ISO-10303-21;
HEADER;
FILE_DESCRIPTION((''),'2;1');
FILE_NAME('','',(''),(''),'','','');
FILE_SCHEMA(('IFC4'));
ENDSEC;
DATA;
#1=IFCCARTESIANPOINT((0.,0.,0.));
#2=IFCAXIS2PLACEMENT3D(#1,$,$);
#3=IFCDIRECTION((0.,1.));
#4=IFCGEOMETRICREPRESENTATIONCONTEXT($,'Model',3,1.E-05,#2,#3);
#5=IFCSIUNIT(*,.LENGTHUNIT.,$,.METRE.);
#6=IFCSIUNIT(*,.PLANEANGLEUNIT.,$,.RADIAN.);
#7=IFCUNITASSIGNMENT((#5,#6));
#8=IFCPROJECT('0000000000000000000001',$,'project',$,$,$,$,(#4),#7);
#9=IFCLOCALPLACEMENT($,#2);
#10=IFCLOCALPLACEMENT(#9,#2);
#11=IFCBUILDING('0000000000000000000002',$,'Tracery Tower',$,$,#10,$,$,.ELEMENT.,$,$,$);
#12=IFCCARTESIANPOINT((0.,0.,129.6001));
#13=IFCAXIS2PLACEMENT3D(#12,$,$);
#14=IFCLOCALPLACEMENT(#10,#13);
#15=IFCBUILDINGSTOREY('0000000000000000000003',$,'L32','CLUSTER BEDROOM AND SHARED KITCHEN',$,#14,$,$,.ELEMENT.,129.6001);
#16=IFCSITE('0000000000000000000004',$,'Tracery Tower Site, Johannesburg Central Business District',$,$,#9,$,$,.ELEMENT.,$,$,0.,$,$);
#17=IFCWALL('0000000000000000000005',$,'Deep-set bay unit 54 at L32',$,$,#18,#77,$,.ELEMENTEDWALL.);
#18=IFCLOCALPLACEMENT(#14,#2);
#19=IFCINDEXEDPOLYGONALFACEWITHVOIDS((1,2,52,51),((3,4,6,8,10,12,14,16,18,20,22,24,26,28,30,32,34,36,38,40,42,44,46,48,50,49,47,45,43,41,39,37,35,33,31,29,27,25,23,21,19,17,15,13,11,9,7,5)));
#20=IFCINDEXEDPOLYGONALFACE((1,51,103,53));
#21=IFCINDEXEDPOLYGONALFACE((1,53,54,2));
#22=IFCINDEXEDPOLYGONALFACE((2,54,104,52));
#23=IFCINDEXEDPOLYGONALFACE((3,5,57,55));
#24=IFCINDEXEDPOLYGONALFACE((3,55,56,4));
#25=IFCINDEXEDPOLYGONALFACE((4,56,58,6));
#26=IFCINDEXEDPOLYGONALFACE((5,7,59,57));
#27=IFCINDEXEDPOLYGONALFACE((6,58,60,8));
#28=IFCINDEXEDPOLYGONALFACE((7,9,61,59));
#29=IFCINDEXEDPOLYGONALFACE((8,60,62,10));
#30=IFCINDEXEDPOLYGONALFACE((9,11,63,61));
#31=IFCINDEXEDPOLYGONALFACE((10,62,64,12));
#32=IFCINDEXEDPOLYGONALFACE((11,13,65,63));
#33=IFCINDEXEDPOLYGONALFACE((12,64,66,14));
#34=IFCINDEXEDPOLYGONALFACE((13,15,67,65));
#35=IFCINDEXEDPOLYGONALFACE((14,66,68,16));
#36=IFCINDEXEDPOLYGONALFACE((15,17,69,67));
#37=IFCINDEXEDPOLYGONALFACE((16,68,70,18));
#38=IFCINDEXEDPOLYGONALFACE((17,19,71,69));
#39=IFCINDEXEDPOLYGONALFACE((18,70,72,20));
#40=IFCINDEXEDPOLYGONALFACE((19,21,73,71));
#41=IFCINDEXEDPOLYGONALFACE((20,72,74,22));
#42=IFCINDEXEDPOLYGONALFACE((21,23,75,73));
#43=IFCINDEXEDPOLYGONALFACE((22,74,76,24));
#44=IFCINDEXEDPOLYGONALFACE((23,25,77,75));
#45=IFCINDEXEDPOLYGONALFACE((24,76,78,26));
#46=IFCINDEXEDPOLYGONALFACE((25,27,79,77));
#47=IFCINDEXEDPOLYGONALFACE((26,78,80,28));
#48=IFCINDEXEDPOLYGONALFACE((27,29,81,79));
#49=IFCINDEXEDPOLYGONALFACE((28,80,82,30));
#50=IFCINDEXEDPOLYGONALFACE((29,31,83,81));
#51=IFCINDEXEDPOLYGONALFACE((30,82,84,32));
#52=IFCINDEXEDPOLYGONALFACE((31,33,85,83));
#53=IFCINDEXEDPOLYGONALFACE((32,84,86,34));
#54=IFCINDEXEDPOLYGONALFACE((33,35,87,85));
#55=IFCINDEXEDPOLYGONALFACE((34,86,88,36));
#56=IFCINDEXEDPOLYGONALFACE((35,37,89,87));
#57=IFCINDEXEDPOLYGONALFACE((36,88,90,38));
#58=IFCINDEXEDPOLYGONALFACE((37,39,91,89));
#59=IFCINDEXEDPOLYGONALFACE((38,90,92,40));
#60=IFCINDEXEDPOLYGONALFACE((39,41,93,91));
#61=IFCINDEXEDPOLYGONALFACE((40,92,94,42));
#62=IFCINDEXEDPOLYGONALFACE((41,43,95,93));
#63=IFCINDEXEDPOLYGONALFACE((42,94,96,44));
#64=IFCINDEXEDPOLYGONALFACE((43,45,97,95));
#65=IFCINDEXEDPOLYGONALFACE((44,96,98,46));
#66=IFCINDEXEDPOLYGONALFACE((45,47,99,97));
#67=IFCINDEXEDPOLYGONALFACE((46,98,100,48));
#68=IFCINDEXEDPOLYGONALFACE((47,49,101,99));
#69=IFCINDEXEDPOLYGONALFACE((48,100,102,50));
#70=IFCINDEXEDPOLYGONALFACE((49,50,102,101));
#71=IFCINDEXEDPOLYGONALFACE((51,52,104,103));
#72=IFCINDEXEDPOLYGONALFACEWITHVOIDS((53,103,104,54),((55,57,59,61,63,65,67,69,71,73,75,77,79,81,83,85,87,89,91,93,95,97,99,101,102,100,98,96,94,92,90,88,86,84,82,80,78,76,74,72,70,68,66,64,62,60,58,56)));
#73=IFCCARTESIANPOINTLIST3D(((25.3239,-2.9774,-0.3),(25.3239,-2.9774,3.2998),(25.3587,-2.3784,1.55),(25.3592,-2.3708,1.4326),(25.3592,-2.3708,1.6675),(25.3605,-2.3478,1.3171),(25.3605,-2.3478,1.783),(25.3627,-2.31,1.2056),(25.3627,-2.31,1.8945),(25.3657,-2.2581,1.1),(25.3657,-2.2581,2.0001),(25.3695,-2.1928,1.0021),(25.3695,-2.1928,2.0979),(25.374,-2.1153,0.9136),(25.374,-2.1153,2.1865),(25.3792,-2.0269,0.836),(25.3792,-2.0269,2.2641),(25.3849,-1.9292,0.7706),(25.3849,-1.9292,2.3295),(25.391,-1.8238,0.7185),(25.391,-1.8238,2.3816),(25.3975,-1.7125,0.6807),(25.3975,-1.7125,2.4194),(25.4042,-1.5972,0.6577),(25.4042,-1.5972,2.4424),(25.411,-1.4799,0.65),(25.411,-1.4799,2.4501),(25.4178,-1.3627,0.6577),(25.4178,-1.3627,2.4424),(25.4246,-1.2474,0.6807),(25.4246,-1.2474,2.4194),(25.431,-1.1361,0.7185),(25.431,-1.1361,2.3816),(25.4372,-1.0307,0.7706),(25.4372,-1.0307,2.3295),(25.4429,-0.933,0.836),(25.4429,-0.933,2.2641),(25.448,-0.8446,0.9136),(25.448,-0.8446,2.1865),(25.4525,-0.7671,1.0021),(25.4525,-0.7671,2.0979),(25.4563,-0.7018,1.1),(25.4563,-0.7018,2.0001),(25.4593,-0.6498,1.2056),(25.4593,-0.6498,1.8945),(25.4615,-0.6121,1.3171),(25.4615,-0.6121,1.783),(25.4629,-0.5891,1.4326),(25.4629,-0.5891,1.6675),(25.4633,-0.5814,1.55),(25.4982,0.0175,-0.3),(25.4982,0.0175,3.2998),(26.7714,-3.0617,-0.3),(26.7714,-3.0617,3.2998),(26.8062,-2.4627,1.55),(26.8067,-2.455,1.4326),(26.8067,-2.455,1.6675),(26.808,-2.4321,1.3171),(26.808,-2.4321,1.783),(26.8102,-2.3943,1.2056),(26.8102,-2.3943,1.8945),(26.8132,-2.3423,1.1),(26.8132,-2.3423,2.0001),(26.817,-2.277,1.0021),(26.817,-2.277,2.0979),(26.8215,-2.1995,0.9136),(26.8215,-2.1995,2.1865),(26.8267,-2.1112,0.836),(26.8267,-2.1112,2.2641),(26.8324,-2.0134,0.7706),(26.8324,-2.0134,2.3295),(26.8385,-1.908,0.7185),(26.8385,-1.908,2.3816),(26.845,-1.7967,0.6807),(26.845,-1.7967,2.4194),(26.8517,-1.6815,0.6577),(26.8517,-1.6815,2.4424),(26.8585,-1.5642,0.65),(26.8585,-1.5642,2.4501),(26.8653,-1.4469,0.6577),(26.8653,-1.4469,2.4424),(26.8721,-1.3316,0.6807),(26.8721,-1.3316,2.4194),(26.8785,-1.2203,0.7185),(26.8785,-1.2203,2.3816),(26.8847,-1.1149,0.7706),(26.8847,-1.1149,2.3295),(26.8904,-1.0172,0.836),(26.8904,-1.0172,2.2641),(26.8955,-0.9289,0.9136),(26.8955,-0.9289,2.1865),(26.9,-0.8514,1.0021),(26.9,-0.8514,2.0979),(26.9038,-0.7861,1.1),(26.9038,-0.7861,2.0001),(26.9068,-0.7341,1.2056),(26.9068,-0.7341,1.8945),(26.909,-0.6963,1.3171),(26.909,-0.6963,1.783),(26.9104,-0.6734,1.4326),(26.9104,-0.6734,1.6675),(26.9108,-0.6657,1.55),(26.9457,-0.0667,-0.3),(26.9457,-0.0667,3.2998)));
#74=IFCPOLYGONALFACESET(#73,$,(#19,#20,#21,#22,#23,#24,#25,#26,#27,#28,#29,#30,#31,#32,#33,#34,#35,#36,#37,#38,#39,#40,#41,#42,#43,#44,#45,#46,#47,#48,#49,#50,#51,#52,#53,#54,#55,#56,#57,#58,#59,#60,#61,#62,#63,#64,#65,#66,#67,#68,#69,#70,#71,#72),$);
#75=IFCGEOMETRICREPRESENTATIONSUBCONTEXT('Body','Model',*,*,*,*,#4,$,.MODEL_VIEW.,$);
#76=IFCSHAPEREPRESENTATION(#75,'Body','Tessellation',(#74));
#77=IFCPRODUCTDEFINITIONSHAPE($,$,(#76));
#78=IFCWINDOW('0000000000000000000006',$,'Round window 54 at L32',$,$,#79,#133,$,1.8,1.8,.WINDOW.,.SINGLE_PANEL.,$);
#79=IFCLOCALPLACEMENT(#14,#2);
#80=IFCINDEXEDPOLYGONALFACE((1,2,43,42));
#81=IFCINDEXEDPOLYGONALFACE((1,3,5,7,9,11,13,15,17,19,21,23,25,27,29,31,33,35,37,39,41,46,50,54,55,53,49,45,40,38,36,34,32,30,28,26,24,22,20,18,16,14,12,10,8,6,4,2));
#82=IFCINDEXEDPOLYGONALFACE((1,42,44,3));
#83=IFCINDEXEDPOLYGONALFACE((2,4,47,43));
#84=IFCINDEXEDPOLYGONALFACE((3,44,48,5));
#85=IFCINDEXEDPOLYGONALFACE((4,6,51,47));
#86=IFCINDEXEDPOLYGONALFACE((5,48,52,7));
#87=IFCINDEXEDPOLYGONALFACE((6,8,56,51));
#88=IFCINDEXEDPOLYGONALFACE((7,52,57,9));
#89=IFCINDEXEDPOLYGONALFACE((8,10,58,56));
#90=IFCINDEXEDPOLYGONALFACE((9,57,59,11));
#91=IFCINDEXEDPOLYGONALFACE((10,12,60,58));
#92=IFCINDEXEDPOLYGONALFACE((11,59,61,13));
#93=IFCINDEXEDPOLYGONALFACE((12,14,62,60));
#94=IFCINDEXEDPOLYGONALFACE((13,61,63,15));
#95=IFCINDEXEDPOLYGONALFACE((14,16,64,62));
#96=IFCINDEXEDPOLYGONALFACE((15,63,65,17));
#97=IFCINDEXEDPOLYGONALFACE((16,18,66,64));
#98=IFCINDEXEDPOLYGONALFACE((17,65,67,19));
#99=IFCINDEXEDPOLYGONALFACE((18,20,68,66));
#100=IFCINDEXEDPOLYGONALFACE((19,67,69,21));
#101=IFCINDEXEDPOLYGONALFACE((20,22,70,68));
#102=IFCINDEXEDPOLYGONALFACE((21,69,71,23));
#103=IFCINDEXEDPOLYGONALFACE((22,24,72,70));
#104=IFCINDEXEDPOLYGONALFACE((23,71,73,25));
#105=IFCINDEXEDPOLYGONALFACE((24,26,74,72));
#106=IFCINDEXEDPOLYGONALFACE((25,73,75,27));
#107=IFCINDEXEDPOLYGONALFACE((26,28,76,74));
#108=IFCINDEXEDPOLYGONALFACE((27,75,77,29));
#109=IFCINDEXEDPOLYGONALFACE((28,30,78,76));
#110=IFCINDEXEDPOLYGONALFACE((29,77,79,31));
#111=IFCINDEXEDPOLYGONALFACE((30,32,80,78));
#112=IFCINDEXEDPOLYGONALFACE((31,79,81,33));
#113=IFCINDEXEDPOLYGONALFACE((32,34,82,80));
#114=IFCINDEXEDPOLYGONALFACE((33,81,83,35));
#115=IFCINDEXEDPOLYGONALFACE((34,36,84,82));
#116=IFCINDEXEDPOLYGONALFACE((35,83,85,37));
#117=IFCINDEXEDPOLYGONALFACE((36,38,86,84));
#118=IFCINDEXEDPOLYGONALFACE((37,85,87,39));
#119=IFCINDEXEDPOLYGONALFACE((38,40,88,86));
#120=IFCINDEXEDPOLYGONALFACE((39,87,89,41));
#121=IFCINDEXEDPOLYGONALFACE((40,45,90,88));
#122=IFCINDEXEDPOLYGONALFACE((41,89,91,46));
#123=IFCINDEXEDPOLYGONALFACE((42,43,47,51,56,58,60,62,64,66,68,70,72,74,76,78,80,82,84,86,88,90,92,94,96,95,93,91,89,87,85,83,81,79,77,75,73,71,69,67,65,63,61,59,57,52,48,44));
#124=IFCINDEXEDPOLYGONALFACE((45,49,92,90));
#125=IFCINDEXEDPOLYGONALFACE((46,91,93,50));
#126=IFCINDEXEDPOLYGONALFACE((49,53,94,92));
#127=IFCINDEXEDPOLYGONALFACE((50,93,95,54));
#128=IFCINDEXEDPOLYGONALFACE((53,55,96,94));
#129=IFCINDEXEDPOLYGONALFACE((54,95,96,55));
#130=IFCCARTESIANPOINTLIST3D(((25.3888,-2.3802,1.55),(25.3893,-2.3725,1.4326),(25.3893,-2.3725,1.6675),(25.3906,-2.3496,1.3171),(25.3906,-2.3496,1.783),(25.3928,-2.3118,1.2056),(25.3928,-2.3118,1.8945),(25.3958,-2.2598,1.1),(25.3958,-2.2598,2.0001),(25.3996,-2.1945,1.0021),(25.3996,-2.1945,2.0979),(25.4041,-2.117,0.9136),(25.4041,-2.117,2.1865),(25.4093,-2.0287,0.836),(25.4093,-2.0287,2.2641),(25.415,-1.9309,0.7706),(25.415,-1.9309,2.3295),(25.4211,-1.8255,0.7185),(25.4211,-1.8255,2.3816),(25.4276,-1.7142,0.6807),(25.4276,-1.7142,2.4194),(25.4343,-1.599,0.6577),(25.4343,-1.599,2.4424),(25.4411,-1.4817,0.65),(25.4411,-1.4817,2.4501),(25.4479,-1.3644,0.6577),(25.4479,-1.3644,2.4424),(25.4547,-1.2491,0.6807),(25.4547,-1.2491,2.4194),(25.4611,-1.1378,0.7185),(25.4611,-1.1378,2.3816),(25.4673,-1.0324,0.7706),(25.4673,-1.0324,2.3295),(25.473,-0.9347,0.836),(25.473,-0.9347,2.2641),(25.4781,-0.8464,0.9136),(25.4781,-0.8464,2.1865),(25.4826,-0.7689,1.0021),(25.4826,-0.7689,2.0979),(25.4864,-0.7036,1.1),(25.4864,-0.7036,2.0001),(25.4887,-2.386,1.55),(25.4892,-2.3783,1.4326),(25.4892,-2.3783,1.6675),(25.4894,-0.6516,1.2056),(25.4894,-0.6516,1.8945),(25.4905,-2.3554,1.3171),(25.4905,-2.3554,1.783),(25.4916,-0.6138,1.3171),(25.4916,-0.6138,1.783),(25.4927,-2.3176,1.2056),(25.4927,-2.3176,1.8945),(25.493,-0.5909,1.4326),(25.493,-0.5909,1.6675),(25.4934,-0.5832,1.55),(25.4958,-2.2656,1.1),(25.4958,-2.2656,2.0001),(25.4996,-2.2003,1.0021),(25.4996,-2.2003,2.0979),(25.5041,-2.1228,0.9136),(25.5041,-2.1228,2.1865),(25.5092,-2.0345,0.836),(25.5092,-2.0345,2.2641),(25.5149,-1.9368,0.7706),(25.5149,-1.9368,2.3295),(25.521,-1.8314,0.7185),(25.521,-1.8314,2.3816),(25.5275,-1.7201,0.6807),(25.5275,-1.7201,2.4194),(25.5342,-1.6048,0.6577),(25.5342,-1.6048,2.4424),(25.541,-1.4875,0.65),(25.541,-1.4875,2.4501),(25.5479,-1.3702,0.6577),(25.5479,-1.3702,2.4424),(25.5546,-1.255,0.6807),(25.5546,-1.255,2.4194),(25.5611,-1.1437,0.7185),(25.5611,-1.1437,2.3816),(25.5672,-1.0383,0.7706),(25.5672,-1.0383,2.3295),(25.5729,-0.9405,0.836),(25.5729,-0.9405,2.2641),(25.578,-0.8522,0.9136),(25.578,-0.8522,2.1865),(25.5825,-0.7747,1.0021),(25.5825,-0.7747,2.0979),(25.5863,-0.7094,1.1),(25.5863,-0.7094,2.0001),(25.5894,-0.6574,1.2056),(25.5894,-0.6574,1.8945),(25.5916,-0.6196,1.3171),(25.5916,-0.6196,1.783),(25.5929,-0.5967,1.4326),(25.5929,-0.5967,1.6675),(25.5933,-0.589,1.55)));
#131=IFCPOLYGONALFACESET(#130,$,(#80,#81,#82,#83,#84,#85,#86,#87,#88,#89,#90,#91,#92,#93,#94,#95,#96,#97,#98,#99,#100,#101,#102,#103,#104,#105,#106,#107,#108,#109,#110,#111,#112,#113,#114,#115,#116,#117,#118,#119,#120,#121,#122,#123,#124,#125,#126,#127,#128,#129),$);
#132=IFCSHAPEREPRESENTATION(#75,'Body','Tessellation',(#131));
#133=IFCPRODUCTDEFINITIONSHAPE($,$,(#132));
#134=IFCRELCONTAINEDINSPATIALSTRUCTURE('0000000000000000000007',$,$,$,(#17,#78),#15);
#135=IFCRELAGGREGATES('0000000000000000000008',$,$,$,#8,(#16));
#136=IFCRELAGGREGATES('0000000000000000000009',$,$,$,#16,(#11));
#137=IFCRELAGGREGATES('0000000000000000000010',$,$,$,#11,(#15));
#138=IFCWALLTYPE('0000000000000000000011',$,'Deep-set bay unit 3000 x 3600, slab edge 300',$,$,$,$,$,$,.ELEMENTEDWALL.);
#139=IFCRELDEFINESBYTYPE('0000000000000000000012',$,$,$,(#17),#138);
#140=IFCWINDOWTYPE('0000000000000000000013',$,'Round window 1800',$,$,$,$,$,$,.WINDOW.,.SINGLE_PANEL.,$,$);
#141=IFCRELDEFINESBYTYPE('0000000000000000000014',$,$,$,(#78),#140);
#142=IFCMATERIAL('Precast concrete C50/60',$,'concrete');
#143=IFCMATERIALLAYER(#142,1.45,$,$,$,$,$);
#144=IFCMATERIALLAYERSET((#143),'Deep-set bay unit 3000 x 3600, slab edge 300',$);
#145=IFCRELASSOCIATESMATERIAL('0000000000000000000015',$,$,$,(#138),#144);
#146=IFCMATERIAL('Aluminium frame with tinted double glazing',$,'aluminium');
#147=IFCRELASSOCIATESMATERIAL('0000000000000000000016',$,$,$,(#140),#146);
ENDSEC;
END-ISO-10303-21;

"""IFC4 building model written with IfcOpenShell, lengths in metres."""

from ifc_helpers import new_model, si_unit, direction, frame, frame_2d, origin, origin_2d, place, context, subcontext, project, spatial, rectangle, circle, extrude, material, layer, layer_set, type_object, element, fill, save


model = new_model("IFC4")

# Units and contexts
model_context = context("Model", 3, precision=1e-05, world=origin(), true_north=direction((0.0, 1.0)))
body_context = subcontext(model_context, "Body", "Model", "MODEL_VIEW")
ifc_project = project(units=[si_unit("LENGTHUNIT", "METRE"), si_unit("PLANEANGLEUNIT", "RADIAN")], contexts=[model_context])

# Site, building, storey
site_placement = place(None, origin())
site = spatial("IfcSite", under=ifc_project, at=site_placement, Name="Tracery Tower Site, Johannesburg Central Business District", CompositionType="ELEMENT", RefElevation=0.0)
building_placement = place(site_placement, origin())
building = spatial("IfcBuilding", under=site, at=building_placement, Name="Tracery Tower", CompositionType="ELEMENT")
storey_placement = place(building_placement, frame((0.0, 0.0, 129.6001)))
storey = spatial("IfcBuildingStorey", under=building, at=storey_placement, Name="L32", Description="CLUSTER BEDROOM AND SHARED KITCHEN", CompositionType="ELEMENT", Elevation=129.6001)

# Wall, opening, window
ifc_material_1 = material(Name="Precast concrete C50/60", Category="concrete")
ifc_layer_1 = layer(ifc_material_1, 1.45)
ifc_layer_set_1 = layer_set([ifc_layer_1], Name="Deep-set bay unit 3000 x 3600, slab edge 300")
wall_type_1 = type_object("IfcWallType", Name="Deep-set bay unit 3000 x 3600, slab edge 300", PredefinedType="ELEMENTEDWALL", material=ifc_layer_set_1)
wall_1_placement = place(storey_placement, frame((26.0476, -3.0195, -0.3), z_axis=(0.0, 0.0, 1.0), x_axis=(0.058107, 0.99831, 0.0)))
wall_1 = element("IfcWall", 1, at=wall_1_placement, inside=storey, type_object=wall_type_1, Name="Deep-set bay unit 54 at L32", PredefinedType="ELEMENTEDWALL", context=body_context, shape_type="SweptSolid", body=[
    extrude(rectangle(XDim=3.0, YDim=1.45, at=frame_2d((1.5, 0.0))), origin(), (0.0, 0.0, 1.0), 3.5999),
])
opening_1_placement = place(wall_1_placement, frame((1.5, 0.0, 1.8501)))
opening_1 = element("IfcOpeningElement", 2, at=opening_1_placement, cuts=wall_1, PredefinedType="OPENING", context=body_context, shape_type="SweptSolid", body=[
    extrude(circle(Radius=0.9, at=origin_2d()), frame((0.0, 0.7349, 0.0), z_axis=(0.0, -1.0, 0.0), x_axis=(1.0, 0.0, 0.0)), (0.0, 0.0, 1.0), 1.47),
])
ifc_material_2 = material(Name="Aluminium frame with tinted double glazing", Category="aluminium")
window_type = type_object("IfcWindowType", Name="Round window 1800", PartitioningType="SINGLE_PANEL", PredefinedType="WINDOW", material=ifc_material_2)
window_1_placement = place(opening_1_placement, origin())
window_1 = element("IfcWindow", 3, at=window_1_placement, inside=storey, type_object=window_type, Name="Round window 54 at L32", OverallHeight=1.8, OverallWidth=1.8, PartitioningType="SINGLE_PANEL", PredefinedType="WINDOW", context=body_context, shape_type="SweptSolid", body=[
    extrude(circle(Radius=0.9, at=origin_2d()), frame((0.0, 0.6948, 0.0), z_axis=(0.0, -1.0, 0.0), x_axis=(1.0, 0.0, 0.0)), (0.0, 0.0, 1.0), 0.1001),
])
fill(opening_1, window_1)

save(model, "model.ifc")
